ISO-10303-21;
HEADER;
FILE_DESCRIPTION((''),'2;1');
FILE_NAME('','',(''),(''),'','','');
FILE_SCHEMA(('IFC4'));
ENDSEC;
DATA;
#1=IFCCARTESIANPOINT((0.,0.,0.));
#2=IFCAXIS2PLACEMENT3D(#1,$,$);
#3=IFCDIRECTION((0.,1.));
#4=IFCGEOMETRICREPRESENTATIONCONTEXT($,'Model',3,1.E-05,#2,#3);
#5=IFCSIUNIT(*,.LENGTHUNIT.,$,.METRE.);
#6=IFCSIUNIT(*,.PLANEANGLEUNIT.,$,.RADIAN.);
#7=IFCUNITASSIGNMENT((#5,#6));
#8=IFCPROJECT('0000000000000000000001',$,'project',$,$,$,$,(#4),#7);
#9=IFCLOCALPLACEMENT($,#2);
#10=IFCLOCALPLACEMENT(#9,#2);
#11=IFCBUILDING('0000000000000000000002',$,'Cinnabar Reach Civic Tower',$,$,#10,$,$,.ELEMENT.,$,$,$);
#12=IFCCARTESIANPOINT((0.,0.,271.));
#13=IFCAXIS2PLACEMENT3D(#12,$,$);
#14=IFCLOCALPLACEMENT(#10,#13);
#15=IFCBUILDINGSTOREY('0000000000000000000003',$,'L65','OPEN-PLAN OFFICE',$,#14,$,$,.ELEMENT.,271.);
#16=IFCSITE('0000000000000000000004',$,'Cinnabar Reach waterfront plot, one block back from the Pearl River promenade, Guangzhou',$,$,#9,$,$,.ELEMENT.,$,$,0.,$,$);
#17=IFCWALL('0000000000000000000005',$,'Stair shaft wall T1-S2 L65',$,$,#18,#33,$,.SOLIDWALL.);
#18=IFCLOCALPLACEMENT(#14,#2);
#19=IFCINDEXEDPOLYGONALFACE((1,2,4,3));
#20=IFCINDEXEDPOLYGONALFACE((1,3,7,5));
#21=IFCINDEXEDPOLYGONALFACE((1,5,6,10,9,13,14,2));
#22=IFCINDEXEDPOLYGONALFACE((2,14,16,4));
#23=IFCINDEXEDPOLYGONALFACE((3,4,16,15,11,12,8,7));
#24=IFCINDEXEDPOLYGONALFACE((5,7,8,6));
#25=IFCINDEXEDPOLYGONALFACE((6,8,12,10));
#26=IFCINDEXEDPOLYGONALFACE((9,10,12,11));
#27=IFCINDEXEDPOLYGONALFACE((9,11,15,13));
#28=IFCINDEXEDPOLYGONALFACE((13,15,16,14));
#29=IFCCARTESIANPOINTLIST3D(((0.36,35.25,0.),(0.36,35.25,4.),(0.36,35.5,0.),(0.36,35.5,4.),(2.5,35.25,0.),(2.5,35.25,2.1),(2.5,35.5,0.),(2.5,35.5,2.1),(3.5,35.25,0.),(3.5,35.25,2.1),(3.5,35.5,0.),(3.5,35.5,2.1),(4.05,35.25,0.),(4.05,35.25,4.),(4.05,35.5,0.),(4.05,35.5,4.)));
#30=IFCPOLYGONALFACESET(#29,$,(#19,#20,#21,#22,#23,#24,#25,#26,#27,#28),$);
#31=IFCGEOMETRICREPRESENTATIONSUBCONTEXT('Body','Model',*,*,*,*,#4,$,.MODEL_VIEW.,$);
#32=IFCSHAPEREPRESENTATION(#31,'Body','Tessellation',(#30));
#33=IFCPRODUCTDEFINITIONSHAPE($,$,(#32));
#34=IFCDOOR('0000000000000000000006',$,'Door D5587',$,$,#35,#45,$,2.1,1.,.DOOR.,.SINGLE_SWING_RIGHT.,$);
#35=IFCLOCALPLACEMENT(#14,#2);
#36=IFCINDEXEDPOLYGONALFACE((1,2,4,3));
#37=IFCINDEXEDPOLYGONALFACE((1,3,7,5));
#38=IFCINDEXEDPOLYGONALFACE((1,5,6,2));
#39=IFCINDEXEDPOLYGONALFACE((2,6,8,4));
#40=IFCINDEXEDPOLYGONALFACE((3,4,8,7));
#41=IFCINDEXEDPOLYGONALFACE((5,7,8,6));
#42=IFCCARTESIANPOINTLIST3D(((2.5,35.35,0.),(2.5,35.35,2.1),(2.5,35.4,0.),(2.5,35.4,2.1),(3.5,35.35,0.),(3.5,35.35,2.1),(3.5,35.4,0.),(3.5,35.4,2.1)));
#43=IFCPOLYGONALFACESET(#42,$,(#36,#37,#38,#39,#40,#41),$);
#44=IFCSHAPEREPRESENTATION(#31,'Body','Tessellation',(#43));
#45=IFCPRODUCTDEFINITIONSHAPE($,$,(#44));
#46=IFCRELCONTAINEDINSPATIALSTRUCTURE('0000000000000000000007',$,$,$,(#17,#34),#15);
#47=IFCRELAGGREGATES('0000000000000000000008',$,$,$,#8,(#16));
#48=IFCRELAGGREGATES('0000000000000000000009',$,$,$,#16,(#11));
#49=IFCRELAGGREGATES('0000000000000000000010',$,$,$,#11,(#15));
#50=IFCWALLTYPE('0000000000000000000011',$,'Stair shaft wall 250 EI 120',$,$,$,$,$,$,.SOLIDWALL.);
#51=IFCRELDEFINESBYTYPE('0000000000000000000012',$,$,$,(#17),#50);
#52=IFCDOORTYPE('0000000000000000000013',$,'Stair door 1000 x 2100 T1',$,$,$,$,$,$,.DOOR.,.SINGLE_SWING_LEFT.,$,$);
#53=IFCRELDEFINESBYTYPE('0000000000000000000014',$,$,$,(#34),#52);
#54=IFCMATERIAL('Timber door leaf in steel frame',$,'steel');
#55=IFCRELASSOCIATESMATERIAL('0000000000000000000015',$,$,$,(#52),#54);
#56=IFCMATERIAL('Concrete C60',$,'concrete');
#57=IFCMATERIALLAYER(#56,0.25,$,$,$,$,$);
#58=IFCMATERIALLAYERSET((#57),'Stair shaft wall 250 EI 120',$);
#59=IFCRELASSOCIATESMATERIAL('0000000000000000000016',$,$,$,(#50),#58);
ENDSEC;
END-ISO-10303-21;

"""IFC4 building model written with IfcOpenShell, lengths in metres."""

from ifc_helpers import new_model, si_unit, direction, frame, frame_2d, origin, place, context, subcontext, project, spatial, rectangle, extrude, material, layer, layer_set, type_object, element, fill, save


model = new_model("IFC4")

# Units and contexts
model_context = context("Model", 3, precision=1e-05, world=origin(), true_north=direction((0.0, 1.0)))
body_context = subcontext(model_context, "Body", "Model", "MODEL_VIEW")
ifc_project = project(units=[si_unit("LENGTHUNIT", "METRE"), si_unit("PLANEANGLEUNIT", "RADIAN")], contexts=[model_context])

# Site, building, storey
site_placement = place(None, origin())
site = spatial("IfcSite", under=ifc_project, at=site_placement, Name="Cinnabar Reach waterfront plot, one block back from the Pearl River promenade, Guangzhou", CompositionType="ELEMENT", RefElevation=0.0)
building_placement = place(site_placement, origin())
building = spatial("IfcBuilding", under=site, at=building_placement, Name="Cinnabar Reach Civic Tower", CompositionType="ELEMENT")
storey_placement = place(building_placement, frame((0.0, 0.0, 271.0)))
storey = spatial("IfcBuildingStorey", under=building, at=storey_placement, Name="L65", Description="OPEN-PLAN OFFICE", CompositionType="ELEMENT", Elevation=271.0)

# Shared definitions
ifc_material_1 = material(Name="Concrete C60", Category="concrete")

# Shared definitions
ifc_material_2 = material(Name="Timber door leaf in steel frame", Category="steel")
door_type_1 = type_object("IfcDoorType", Name="Stair door 1000 x 2100 T1", OperationType="SINGLE_SWING_LEFT", PredefinedType="DOOR", material=ifc_material_2)

# Wall, opening, door
ifc_layer_1 = layer(ifc_material_1, 0.25)
ifc_layer_set_1 = layer_set([ifc_layer_1], Name="Stair shaft wall 250 EI 120")
wall_type_1 = type_object("IfcWallType", Name="Stair shaft wall 250 EI 120", PredefinedType="SOLIDWALL", material=ifc_layer_set_1)
wall_1_placement = place(storey_placement, frame((0.36, 35.375, 0.0), z_axis=(0.0, 0.0, 1.0), x_axis=(1.0, 0.0, 0.0)))
wall_1 = element("IfcWall", 1, at=wall_1_placement, inside=storey, type_object=wall_type_1, Name="Stair shaft wall T1-S2 L65", PredefinedType="SOLIDWALL", context=body_context, shape_type="SweptSolid", body=[
    extrude(rectangle(XDim=3.69, YDim=0.25, at=frame_2d((1.845, 0.0))), origin(), (0.0, 0.0, 1.0), 4.0),
])
opening_1_placement = place(wall_1_placement, frame((2.14, 0.0, 0.0)))
opening_1 = element("IfcOpeningElement", 2, at=opening_1_placement, cuts=wall_1, PredefinedType="OPENING", context=body_context, shape_type="SweptSolid", body=[
    extrude(rectangle(XDim=1.0, YDim=2.1, at=frame_2d((0.5, 1.05))), frame((0.0, 0.135, 0.0), z_axis=(0.0, -1.0, 0.0), x_axis=(1.0, 0.0, 0.0)), (0.0, 0.0, 1.0), 0.27),
])
door_1_placement = place(opening_1_placement, origin())
door_1 = element("IfcDoor", 3, at=door_1_placement, inside=storey, type_object=door_type_1, Name="Door D5587", OperationType="SINGLE_SWING_RIGHT", OverallHeight=2.1, OverallWidth=1.0, PredefinedType="DOOR", context=body_context, shape_type="SweptSolid", body=[
    extrude(rectangle(XDim=1.0, YDim=2.1, at=frame_2d((0.5, 1.05))), frame((0.0, 0.025, 0.0), z_axis=(0.0, -1.0, 0.0), x_axis=(1.0, 0.0, 0.0)), (0.0, 0.0, 1.0), 0.05),
])
fill(opening_1, door_1)

save(model, "model.ifc")
